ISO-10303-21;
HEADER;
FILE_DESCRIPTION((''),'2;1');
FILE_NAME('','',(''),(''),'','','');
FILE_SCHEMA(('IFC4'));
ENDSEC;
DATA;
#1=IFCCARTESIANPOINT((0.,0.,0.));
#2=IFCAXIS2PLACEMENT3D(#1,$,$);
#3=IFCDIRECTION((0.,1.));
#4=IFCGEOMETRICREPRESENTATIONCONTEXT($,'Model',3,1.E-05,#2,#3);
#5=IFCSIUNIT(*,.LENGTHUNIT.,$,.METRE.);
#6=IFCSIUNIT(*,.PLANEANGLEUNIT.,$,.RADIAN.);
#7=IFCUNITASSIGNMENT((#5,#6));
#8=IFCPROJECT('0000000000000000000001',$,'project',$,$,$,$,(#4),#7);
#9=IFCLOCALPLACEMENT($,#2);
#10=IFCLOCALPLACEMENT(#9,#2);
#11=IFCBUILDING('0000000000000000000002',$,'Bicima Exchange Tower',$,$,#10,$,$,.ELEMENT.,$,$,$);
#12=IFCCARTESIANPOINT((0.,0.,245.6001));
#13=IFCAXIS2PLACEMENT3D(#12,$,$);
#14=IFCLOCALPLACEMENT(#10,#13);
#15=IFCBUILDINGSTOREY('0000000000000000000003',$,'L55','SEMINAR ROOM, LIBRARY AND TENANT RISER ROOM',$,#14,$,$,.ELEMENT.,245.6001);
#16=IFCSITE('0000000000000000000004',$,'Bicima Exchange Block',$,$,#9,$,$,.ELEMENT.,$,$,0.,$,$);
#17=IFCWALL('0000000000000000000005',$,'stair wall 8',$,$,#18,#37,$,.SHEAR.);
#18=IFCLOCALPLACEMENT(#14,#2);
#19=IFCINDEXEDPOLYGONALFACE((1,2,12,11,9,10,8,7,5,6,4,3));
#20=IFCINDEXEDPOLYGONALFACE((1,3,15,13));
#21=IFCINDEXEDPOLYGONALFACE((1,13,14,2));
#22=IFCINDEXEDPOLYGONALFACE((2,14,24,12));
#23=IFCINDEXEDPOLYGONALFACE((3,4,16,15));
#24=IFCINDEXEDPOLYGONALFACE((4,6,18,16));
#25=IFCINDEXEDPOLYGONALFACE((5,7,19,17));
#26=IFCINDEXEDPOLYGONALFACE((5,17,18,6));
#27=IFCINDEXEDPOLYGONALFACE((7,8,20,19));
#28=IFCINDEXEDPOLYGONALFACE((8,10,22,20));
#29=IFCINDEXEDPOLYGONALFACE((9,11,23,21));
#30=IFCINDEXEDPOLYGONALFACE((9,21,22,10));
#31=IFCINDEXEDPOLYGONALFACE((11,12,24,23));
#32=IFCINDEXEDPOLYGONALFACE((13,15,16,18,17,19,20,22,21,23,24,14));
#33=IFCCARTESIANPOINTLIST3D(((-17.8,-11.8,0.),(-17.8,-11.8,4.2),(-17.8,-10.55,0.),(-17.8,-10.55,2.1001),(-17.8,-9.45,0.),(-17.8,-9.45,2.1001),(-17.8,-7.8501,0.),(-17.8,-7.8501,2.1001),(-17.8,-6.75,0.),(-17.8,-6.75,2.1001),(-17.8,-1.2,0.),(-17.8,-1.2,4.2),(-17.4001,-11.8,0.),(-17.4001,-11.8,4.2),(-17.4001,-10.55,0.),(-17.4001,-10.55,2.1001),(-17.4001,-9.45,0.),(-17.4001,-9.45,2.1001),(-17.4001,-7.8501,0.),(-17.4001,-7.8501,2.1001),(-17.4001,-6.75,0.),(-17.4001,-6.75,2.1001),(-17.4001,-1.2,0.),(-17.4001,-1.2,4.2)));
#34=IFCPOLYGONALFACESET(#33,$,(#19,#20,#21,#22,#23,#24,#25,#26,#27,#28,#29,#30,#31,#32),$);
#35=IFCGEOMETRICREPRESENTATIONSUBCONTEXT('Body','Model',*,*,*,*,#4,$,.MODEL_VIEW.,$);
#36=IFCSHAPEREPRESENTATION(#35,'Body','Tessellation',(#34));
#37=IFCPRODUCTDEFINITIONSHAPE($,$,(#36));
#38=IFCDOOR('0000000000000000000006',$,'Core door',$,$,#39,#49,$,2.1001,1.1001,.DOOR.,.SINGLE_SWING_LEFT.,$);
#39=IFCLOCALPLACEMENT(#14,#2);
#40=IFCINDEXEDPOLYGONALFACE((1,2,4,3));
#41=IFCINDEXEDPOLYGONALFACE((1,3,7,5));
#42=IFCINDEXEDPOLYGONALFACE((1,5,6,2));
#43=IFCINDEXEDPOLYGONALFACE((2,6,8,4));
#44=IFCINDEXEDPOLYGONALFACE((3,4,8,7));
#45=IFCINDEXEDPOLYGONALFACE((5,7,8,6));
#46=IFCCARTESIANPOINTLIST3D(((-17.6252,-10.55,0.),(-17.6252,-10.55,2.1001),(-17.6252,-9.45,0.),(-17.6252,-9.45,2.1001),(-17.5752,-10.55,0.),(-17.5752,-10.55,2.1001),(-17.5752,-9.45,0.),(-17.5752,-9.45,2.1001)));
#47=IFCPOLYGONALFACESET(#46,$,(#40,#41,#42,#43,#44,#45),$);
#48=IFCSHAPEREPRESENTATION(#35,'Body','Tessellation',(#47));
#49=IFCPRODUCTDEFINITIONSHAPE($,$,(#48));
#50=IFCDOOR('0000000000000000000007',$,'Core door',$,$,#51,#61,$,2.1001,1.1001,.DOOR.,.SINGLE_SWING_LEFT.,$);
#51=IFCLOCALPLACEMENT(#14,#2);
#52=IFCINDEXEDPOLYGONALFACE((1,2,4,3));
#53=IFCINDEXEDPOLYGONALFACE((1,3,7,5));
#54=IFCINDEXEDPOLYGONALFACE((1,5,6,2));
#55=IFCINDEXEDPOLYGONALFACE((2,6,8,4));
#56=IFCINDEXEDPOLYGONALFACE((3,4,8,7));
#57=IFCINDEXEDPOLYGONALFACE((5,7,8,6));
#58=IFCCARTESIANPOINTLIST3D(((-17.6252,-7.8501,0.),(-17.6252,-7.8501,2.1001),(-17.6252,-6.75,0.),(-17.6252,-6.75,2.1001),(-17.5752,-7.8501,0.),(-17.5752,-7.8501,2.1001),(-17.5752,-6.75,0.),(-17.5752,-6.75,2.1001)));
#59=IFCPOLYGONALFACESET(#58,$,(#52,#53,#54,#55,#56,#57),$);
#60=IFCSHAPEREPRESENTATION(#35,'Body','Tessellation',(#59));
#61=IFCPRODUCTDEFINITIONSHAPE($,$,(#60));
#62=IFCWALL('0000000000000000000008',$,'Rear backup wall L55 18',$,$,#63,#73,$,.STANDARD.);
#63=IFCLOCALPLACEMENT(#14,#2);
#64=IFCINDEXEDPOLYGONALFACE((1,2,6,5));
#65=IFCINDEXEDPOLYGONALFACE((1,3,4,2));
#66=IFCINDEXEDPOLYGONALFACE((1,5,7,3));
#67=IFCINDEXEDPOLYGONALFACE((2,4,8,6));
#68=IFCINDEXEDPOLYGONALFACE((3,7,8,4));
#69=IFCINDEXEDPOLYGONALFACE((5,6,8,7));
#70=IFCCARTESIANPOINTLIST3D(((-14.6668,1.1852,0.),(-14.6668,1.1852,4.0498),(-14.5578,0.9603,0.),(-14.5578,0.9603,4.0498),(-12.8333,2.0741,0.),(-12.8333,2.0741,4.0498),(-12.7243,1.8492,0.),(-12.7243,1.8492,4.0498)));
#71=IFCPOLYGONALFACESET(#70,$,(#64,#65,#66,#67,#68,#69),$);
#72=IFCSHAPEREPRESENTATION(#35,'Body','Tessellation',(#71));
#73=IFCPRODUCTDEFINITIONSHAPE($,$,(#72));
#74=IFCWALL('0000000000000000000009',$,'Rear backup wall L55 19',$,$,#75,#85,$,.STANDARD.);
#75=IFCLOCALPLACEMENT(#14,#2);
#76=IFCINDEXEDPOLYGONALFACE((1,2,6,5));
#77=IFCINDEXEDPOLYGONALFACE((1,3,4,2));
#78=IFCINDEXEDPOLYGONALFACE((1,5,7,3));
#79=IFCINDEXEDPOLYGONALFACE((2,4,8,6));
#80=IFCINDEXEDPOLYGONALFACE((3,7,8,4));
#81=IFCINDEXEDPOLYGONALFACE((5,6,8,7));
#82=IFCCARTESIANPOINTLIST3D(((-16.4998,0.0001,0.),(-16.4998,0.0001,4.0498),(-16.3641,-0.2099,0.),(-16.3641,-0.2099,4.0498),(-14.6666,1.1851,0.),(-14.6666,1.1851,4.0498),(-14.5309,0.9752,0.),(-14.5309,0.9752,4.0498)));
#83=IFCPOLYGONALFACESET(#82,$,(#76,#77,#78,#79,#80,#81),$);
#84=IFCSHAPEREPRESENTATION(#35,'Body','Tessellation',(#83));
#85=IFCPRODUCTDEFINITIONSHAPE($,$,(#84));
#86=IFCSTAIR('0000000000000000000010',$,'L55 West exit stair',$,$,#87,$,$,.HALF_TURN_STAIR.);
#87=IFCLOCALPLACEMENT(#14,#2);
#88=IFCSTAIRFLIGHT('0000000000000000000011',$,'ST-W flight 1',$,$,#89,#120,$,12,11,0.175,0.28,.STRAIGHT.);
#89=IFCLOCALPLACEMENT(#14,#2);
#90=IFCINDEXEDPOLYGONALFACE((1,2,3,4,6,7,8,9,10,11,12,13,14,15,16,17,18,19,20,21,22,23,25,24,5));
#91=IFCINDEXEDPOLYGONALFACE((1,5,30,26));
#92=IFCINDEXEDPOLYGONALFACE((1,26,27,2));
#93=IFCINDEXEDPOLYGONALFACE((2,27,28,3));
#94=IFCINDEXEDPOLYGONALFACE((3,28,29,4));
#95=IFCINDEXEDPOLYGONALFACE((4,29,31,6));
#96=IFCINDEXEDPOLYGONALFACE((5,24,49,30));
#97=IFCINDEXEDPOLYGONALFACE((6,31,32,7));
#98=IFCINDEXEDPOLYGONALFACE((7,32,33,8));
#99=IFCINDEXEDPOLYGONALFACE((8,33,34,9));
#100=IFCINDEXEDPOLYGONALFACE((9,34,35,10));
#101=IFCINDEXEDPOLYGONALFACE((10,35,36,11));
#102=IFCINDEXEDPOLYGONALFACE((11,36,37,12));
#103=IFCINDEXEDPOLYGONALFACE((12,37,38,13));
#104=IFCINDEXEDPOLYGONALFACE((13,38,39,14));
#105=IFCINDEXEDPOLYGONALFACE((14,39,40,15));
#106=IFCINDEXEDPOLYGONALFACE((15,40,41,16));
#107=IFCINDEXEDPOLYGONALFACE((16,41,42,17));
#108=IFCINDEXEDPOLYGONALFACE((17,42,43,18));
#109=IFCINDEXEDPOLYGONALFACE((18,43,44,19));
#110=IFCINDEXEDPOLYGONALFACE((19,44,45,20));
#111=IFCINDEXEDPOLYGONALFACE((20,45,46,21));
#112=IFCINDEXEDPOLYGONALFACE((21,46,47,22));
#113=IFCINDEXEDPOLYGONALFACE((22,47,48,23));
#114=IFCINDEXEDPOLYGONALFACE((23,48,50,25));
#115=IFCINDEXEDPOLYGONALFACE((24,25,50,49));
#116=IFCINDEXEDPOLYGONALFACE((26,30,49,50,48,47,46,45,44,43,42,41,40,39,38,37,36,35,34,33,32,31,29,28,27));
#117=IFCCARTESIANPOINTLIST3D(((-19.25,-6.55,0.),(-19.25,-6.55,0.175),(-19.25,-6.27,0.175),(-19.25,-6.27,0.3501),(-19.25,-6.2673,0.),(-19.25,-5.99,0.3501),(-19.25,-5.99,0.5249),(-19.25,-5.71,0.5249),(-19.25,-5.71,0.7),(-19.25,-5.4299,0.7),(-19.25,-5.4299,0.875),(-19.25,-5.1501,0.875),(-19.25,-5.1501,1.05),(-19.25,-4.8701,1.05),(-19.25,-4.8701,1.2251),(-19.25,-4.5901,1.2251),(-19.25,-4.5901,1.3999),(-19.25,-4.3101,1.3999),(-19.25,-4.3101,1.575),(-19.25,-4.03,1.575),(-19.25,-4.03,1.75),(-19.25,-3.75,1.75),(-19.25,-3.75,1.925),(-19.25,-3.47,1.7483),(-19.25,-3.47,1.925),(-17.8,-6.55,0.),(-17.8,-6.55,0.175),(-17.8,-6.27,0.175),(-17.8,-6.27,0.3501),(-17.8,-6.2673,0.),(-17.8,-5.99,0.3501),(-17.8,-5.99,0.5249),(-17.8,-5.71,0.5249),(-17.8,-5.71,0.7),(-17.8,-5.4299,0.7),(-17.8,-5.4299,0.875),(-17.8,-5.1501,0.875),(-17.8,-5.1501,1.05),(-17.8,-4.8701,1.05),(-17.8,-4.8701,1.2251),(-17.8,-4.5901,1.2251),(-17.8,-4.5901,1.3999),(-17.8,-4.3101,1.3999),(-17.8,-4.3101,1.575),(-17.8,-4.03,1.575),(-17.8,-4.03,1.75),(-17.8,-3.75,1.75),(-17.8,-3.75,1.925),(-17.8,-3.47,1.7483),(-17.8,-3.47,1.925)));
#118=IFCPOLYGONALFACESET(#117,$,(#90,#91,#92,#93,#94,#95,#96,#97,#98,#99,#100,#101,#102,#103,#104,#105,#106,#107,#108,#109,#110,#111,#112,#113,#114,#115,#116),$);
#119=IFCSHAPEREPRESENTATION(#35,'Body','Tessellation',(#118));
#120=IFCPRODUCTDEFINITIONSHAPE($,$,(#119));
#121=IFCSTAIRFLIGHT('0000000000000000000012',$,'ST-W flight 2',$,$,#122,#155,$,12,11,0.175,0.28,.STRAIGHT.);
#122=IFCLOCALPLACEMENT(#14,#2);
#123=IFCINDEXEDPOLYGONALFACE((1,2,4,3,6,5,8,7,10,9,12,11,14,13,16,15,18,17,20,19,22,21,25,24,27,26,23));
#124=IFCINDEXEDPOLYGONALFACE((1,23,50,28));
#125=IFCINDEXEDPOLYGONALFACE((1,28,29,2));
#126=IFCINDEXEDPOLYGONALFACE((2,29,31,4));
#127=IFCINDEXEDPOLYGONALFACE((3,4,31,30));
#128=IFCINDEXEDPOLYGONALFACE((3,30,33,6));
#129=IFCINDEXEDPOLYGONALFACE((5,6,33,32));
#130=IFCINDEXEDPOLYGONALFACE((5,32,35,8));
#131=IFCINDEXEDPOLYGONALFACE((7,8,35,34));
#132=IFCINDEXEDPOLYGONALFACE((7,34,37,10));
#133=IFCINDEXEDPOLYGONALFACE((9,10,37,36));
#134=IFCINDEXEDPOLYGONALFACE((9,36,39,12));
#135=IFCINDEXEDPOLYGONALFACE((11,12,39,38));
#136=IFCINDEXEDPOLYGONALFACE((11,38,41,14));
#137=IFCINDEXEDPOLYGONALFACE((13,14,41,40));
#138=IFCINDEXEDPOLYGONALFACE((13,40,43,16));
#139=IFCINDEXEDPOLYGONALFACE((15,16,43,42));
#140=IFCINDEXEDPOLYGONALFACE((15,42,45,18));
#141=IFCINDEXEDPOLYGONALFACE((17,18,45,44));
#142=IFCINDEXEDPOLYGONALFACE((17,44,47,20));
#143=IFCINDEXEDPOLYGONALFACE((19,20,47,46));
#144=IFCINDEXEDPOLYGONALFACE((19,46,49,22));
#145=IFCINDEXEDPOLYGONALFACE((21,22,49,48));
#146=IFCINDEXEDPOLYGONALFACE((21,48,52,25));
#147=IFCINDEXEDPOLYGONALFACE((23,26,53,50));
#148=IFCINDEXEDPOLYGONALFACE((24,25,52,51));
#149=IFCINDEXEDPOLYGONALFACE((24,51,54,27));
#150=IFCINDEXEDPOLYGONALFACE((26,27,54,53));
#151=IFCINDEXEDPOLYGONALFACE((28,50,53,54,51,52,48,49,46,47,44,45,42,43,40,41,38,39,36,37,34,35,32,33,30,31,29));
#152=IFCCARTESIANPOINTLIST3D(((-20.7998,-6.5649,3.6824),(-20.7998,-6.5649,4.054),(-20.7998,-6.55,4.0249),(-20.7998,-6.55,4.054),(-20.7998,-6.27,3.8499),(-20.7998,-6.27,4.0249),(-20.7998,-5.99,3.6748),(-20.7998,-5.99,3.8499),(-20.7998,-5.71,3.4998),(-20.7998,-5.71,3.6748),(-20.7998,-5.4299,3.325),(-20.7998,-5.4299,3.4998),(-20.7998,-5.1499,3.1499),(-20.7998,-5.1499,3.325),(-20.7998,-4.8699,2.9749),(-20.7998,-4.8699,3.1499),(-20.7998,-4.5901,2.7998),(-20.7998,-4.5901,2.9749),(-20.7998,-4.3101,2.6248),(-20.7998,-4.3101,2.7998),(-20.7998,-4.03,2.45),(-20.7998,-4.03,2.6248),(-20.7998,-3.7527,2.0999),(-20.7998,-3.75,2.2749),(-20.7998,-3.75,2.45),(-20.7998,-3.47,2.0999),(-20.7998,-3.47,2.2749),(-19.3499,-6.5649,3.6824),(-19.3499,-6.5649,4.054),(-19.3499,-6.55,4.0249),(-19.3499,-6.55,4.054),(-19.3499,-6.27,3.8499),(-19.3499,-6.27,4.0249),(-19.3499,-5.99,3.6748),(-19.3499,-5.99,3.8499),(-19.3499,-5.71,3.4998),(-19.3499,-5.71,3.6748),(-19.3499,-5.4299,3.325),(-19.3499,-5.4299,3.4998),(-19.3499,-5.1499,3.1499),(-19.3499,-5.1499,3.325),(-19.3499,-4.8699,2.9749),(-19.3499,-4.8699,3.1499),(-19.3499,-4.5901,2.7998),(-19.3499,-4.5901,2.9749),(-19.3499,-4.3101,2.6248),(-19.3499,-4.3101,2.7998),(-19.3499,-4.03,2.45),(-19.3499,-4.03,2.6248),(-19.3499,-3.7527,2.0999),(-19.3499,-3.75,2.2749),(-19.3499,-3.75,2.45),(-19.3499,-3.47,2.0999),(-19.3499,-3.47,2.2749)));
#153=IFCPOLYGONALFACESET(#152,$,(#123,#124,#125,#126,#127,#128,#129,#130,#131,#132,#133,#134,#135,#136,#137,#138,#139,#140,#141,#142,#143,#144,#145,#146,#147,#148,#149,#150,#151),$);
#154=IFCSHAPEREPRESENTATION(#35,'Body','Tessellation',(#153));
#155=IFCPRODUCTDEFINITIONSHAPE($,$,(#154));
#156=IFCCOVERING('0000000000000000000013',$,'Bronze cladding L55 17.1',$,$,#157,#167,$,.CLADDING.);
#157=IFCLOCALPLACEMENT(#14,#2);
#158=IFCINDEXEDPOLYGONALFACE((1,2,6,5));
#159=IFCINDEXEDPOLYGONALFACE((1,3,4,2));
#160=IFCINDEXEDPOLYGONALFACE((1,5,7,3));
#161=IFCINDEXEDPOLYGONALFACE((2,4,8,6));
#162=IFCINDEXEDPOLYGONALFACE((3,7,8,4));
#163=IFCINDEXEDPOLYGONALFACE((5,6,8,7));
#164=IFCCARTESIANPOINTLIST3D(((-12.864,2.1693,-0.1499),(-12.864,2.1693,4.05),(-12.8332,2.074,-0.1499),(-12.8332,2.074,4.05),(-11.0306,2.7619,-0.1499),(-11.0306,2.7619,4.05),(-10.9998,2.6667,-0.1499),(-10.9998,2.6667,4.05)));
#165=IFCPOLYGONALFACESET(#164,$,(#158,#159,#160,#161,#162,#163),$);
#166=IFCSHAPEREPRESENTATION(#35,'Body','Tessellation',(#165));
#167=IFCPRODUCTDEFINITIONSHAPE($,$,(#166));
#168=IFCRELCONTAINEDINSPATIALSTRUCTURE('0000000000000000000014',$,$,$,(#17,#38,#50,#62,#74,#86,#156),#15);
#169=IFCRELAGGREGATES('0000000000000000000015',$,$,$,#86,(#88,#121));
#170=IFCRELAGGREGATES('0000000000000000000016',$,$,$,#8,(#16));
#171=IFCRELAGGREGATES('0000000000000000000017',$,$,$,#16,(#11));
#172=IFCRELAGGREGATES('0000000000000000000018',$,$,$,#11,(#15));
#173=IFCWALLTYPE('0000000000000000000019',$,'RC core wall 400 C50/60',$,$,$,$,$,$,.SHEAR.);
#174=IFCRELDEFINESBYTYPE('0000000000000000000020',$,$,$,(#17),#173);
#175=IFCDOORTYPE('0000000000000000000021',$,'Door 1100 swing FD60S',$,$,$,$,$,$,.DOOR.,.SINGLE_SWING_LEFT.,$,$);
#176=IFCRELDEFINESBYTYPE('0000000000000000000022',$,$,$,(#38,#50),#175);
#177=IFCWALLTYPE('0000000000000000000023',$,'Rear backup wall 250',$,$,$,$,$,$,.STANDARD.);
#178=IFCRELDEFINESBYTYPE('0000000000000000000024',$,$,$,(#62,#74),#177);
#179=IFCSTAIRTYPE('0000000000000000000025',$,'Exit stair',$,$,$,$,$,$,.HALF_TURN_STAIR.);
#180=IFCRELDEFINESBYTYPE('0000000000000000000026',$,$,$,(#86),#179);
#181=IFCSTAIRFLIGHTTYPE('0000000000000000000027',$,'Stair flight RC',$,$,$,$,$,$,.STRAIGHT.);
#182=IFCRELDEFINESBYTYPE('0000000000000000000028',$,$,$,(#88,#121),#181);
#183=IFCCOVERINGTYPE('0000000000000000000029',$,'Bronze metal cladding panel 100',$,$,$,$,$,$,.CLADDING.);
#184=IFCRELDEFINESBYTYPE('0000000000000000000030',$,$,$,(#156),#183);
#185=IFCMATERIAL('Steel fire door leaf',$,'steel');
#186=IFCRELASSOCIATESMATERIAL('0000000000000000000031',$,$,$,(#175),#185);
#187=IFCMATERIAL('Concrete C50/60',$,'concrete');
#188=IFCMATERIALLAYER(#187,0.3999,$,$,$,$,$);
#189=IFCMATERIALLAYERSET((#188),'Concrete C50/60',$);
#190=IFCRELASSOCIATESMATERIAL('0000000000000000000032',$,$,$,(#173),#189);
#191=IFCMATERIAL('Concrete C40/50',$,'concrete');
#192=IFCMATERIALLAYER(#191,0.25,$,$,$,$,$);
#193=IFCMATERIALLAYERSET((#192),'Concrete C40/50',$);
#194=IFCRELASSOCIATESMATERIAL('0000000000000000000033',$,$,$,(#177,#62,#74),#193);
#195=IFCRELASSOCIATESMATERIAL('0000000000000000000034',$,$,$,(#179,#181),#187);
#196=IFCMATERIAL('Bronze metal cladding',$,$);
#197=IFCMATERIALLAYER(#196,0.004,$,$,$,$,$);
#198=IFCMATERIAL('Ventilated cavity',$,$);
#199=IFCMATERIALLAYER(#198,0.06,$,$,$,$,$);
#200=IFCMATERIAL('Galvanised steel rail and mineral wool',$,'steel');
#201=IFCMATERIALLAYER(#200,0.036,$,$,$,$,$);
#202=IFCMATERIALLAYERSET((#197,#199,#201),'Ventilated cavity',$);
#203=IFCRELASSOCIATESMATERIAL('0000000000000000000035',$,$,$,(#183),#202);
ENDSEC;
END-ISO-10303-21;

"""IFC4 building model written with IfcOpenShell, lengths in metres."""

from ifc_helpers import new_model, si_unit, direction, frame, frame_2d, origin, origin_2d, place, context, subcontext, project, spatial, polyline, rectangle, outline, extrude, material, layer, layer_set, layer_usage, type_object, element, fill, aggregate, save


model = new_model("IFC4")

# Units and contexts
model_context = context("Model", 3, precision=1e-05, world=origin(), true_north=direction((0.0, 1.0)))
body_context = subcontext(model_context, "Body", "Model", "MODEL_VIEW")
ifc_project = project(units=[si_unit("LENGTHUNIT", "METRE"), si_unit("PLANEANGLEUNIT", "RADIAN")], contexts=[model_context])

# Site, building, storey
site_placement = place(None, origin())
site = spatial("IfcSite", under=ifc_project, at=site_placement, Name="Bicima Exchange Block", CompositionType="ELEMENT", RefElevation=0.0)
building_placement = place(site_placement, origin())
building = spatial("IfcBuilding", under=site, at=building_placement, Name="Bicima Exchange Tower", CompositionType="ELEMENT")
storey_placement = place(building_placement, frame((0.0, 0.0, 245.6001)))
storey = spatial("IfcBuildingStorey", under=building, at=storey_placement, Name="L55", Description="SEMINAR ROOM, LIBRARY AND TENANT RISER ROOM", CompositionType="ELEMENT", Elevation=245.6001)

# Shared definitions
ifc_material_1 = material(Name="Concrete C40/50", Category="concrete")

# Shared definitions
ifc_material_2 = material(Name="Steel fire door leaf", Category="steel")

# Shared definitions
door_type_1 = type_object("IfcDoorType", Name="Door 1100 swing FD60S", OperationType="SINGLE_SWING_LEFT", PredefinedType="DOOR", material=ifc_material_2)
ifc_material_3 = material(Name="Concrete C50/60", Category="concrete")
ifc_layer_1 = layer(ifc_material_3, 0.3999)
ifc_layer_set_1 = layer_set([ifc_layer_1], Name="Concrete C50/60")
wall_type_1 = type_object("IfcWallType", Name="RC core wall 400 C50/60", PredefinedType="SHEAR", material=ifc_layer_set_1)

# Wall, openings, doors
wall_1_placement = place(storey_placement, frame((-17.6001, -11.8, 0.0), z_axis=(0.0, 0.0, 1.0), x_axis=(0.0, 1.0, 0.0)))
wall_1 = element("IfcWall", 1, at=wall_1_placement, inside=storey, type_object=wall_type_1, Name="stair wall 8", PredefinedType="SHEAR", context=body_context, shape_type="SweptSolid", body=[
    extrude(rectangle(XDim=10.6001, YDim=0.3999, at=frame_2d((5.3, 0.0))), origin(), (0.0, 0.0, 1.0), 4.2),
])
opening_1_placement = place(wall_1_placement, frame((1.25, 0.0, 0.0)))
opening_1 = element("IfcOpeningElement", 2, at=opening_1_placement, cuts=wall_1, PredefinedType="OPENING", context=body_context, shape_type="SweptSolid", body=[
    extrude(rectangle(XDim=1.1001, YDim=2.1001, at=frame_2d((0.55, 1.05))), frame((0.0, 0.2119, 0.0), z_axis=(0.0, -1.0, 0.0), x_axis=(1.0, 0.0, 0.0)), (0.0, 0.0, 1.0), 0.4238),
])
opening_2_placement = place(wall_1_placement, frame((3.95, 0.0, 0.0)))
opening_2 = element("IfcOpeningElement", 3, at=opening_2_placement, cuts=wall_1, PredefinedType="OPENING", context=body_context, shape_type="SweptSolid", body=[
    extrude(rectangle(XDim=1.1001, YDim=2.1001, at=frame_2d((0.55, 1.05))), frame((0.0, 0.2119, 0.0), z_axis=(0.0, -1.0, 0.0), x_axis=(1.0, 0.0, 0.0)), (0.0, 0.0, 1.0), 0.4238),
])
door_1_placement = place(opening_1_placement, frame((1.1001, 0.0, 0.0), z_axis=(0.0, 0.0, 1.0), x_axis=(-1.0, 0.0, 0.0)))
door_1 = element("IfcDoor", 4, at=door_1_placement, inside=storey, type_object=door_type_1, Name="Core door", OperationType="SINGLE_SWING_LEFT", OverallHeight=2.1001, OverallWidth=1.1001, PredefinedType="DOOR", context=body_context, shape_type="SweptSolid", body=[
    extrude(rectangle(XDim=1.1001, YDim=2.1001, at=frame_2d((0.55, 1.05))), frame((0.0, 0.0249, 0.0), z_axis=(0.0, -1.0, 0.0), x_axis=(1.0, 0.0, 0.0)), (0.0, 0.0, 1.0), 0.05),
])
fill(opening_1, door_1)
door_2_placement = place(opening_2_placement, frame((1.1001, 0.0, 0.0), z_axis=(0.0, 0.0, 1.0), x_axis=(-1.0, 0.0, 0.0)))
door_2 = element("IfcDoor", 5, at=door_2_placement, inside=storey, type_object=door_type_1, Name="Core door", OperationType="SINGLE_SWING_LEFT", OverallHeight=2.1001, OverallWidth=1.1001, PredefinedType="DOOR", context=body_context, shape_type="SweptSolid", body=[
    extrude(rectangle(XDim=1.1001, YDim=2.1001, at=frame_2d((0.55, 1.05))), frame((0.0, 0.0249, 0.0), z_axis=(0.0, -1.0, 0.0), x_axis=(1.0, 0.0, 0.0)), (0.0, 0.0, 1.0), 0.05),
])
fill(opening_2, door_2)

# Walls
ifc_layer_2 = layer(ifc_material_1, 0.25)
ifc_layer_set_2 = layer_set([ifc_layer_2], Name="Concrete C40/50")
ifc_layer_usage = layer_usage(ifc_layer_set_2, "AXIS2", "POSITIVE", -0.125)
wall_type_2 = type_object("IfcWallType", Name="Rear backup wall 250", PredefinedType="STANDARD", material=ifc_layer_set_2)
wall_2_placement = place(storey_placement, frame((-12.7788, 1.9617, 0.0), z_axis=(0.0, 0.0, 1.0), x_axis=(-0.899824, -0.436253, 0.0)))
element("IfcWall", 6, at=wall_2_placement, inside=storey, type_object=wall_type_2, material=ifc_layer_usage, Name="Rear backup wall L55 18", PredefinedType="STANDARD", context=body_context, shape_type="SweptSolid", body=[
    extrude(rectangle(XDim=2.0376, YDim=0.25, at=frame_2d((1.0188, 0.0))), origin(), (0.0, 0.0, 1.0), 4.0498),
])
wall_3_placement = place(storey_placement, frame((-14.5989, 1.0801, 0.0), z_axis=(0.0, 0.0, 1.0), x_axis=(-0.839813, -0.542876, 0.0)))
element("IfcWall", 7, at=wall_3_placement, inside=storey, type_object=wall_type_2, material=ifc_layer_usage, Name="Rear backup wall L55 19", PredefinedType="STANDARD", context=body_context, shape_type="SweptSolid", body=[
    extrude(rectangle(XDim=2.1829, YDim=0.25, at=frame_2d((1.0913, 0.0))), origin(), (0.0, 0.0, 1.0), 4.0498),
])

# Stair, stair flights
stair_type = type_object("IfcStairType", Name="Exit stair", PredefinedType="HALF_TURN_STAIR", material=ifc_material_3)
stair_placement = place(storey_placement, origin())
stair = element("IfcStair", 8, at=stair_placement, inside=storey, type_object=stair_type, Name="L55 West exit stair", PredefinedType="HALF_TURN_STAIR")
stair_flight_type = type_object("IfcStairFlightType", Name="Stair flight RC", PredefinedType="STRAIGHT", material=ifc_material_3)
stair_flight_1_placement = place(storey_placement, frame((-18.5249, -6.55, 0.0), z_axis=(0.0, 0.0, 1.0), x_axis=(0.0, 1.0, 0.0)))
stair_flight_1 = element("IfcStairFlight", 9, at=stair_flight_1_placement, type_object=stair_flight_type, Name="ST-W flight 1", NumberOfRisers=12, NumberOfTreads=11, PredefinedType="STRAIGHT", RiserHeight=0.175, TreadLength=0.28, context=body_context, shape_type="SweptSolid", body=[
    extrude(outline(polyline([(0.0, 0.0), (0.0, 0.175), (0.28, 0.175), (0.28, 0.3501), (0.5601, 0.3501), (0.5601, 0.5249), (0.8401, 0.5249), (0.8401, 0.7), (1.1201, 0.7), (1.1201, 0.875), (1.3999, 0.875), (1.3999, 1.05), (1.6799, 1.05), (1.6799, 1.2251), (1.96, 1.2251), (1.96, 1.3999), (2.24, 1.3999), (2.24, 1.575), (2.52, 1.575), (2.52, 1.75), (2.8, 1.75), (2.8, 1.925), (3.0801, 1.925), (3.0801, 2.1001), (3.0801, 1.7483), (0.2827, 0.0), (0.0, 0.0)])), frame((0.0, 0.7251, 0.0), z_axis=(0.0, -1.0, 0.0), x_axis=(1.0, 0.0, 0.0)), (0.0, 0.0, 1.0), 1.45),
])
stair_flight_2_placement = place(storey_placement, frame((-20.075, -3.47, 2.0999), z_axis=(0.0, 0.0, 1.0), x_axis=(0.0, -1.0, 0.0)))
stair_flight_2 = element("IfcStairFlight", 10, at=stair_flight_2_placement, type_object=stair_flight_type, Name="ST-W flight 2", NumberOfRisers=12, NumberOfTreads=11, PredefinedType="STRAIGHT", RiserHeight=0.175, TreadLength=0.28, context=body_context, shape_type="SweptSolid", body=[
    extrude(outline(polyline([(0.0, 0.0), (0.0, 0.175), (0.28, 0.175), (0.28, 0.3501), (0.5601, 0.3501), (0.5601, 0.5249), (0.8401, 0.5249), (0.8401, 0.7), (1.1201, 0.7), (1.1201, 0.875), (1.3999, 0.875), (1.3999, 1.05), (1.6799, 1.05), (1.6799, 1.2251), (1.96, 1.2251), (1.96, 1.3999), (2.24, 1.3999), (2.24, 1.575), (2.52, 1.575), (2.52, 1.75), (2.8, 1.75), (2.8, 1.925), (3.0801, 1.925), (3.0801, 1.9541), (3.095, 1.9541), (3.095, 1.5825), (0.2827, 0.0), (0.0, 0.0)])), frame((0.0, 0.7251, 0.0), z_axis=(0.0, -1.0, 0.0), x_axis=(1.0, 0.0, 0.0)), (0.0, 0.0, 1.0), 1.45),
])
aggregate(stair, [stair_flight_1, stair_flight_2])

# Covering
ifc_material_4 = material(Name="Bronze metal cladding")
ifc_layer_3 = layer(ifc_material_4, 0.004)
ifc_material_5 = material(Name="Ventilated cavity")
ifc_layer_4 = layer(ifc_material_5, 0.06)
ifc_material_6 = material(Name="Galvanised steel rail and mineral wool", Category="steel")
ifc_layer_5 = layer(ifc_material_6, 0.036)
ifc_layer_set_3 = layer_set([ifc_layer_3, ifc_layer_4, ifc_layer_5], Name="Ventilated cavity")
covering_type = type_object("IfcCoveringType", Name="Bronze metal cladding panel 100", PredefinedType="CLADDING", material=ifc_layer_set_3)
covering_1_placement = place(storey_placement, frame((-11.9319, 2.418, -0.1499), z_axis=(0.0, 0.0, 1.0), x_axis=(-0.951525, -0.307573, 0.0)))
element("IfcCovering", 11, at=covering_1_placement, inside=storey, type_object=covering_type, Name="Bronze cladding L55 17.1", PredefinedType="CLADDING", context=body_context, shape_type="SweptSolid", body=[
    extrude(rectangle(XDim=1.9268, YDim=0.1001, at=origin_2d()), origin(), (0.0, 0.0, 1.0), 4.2),
])

save(model, "model.ifc")
